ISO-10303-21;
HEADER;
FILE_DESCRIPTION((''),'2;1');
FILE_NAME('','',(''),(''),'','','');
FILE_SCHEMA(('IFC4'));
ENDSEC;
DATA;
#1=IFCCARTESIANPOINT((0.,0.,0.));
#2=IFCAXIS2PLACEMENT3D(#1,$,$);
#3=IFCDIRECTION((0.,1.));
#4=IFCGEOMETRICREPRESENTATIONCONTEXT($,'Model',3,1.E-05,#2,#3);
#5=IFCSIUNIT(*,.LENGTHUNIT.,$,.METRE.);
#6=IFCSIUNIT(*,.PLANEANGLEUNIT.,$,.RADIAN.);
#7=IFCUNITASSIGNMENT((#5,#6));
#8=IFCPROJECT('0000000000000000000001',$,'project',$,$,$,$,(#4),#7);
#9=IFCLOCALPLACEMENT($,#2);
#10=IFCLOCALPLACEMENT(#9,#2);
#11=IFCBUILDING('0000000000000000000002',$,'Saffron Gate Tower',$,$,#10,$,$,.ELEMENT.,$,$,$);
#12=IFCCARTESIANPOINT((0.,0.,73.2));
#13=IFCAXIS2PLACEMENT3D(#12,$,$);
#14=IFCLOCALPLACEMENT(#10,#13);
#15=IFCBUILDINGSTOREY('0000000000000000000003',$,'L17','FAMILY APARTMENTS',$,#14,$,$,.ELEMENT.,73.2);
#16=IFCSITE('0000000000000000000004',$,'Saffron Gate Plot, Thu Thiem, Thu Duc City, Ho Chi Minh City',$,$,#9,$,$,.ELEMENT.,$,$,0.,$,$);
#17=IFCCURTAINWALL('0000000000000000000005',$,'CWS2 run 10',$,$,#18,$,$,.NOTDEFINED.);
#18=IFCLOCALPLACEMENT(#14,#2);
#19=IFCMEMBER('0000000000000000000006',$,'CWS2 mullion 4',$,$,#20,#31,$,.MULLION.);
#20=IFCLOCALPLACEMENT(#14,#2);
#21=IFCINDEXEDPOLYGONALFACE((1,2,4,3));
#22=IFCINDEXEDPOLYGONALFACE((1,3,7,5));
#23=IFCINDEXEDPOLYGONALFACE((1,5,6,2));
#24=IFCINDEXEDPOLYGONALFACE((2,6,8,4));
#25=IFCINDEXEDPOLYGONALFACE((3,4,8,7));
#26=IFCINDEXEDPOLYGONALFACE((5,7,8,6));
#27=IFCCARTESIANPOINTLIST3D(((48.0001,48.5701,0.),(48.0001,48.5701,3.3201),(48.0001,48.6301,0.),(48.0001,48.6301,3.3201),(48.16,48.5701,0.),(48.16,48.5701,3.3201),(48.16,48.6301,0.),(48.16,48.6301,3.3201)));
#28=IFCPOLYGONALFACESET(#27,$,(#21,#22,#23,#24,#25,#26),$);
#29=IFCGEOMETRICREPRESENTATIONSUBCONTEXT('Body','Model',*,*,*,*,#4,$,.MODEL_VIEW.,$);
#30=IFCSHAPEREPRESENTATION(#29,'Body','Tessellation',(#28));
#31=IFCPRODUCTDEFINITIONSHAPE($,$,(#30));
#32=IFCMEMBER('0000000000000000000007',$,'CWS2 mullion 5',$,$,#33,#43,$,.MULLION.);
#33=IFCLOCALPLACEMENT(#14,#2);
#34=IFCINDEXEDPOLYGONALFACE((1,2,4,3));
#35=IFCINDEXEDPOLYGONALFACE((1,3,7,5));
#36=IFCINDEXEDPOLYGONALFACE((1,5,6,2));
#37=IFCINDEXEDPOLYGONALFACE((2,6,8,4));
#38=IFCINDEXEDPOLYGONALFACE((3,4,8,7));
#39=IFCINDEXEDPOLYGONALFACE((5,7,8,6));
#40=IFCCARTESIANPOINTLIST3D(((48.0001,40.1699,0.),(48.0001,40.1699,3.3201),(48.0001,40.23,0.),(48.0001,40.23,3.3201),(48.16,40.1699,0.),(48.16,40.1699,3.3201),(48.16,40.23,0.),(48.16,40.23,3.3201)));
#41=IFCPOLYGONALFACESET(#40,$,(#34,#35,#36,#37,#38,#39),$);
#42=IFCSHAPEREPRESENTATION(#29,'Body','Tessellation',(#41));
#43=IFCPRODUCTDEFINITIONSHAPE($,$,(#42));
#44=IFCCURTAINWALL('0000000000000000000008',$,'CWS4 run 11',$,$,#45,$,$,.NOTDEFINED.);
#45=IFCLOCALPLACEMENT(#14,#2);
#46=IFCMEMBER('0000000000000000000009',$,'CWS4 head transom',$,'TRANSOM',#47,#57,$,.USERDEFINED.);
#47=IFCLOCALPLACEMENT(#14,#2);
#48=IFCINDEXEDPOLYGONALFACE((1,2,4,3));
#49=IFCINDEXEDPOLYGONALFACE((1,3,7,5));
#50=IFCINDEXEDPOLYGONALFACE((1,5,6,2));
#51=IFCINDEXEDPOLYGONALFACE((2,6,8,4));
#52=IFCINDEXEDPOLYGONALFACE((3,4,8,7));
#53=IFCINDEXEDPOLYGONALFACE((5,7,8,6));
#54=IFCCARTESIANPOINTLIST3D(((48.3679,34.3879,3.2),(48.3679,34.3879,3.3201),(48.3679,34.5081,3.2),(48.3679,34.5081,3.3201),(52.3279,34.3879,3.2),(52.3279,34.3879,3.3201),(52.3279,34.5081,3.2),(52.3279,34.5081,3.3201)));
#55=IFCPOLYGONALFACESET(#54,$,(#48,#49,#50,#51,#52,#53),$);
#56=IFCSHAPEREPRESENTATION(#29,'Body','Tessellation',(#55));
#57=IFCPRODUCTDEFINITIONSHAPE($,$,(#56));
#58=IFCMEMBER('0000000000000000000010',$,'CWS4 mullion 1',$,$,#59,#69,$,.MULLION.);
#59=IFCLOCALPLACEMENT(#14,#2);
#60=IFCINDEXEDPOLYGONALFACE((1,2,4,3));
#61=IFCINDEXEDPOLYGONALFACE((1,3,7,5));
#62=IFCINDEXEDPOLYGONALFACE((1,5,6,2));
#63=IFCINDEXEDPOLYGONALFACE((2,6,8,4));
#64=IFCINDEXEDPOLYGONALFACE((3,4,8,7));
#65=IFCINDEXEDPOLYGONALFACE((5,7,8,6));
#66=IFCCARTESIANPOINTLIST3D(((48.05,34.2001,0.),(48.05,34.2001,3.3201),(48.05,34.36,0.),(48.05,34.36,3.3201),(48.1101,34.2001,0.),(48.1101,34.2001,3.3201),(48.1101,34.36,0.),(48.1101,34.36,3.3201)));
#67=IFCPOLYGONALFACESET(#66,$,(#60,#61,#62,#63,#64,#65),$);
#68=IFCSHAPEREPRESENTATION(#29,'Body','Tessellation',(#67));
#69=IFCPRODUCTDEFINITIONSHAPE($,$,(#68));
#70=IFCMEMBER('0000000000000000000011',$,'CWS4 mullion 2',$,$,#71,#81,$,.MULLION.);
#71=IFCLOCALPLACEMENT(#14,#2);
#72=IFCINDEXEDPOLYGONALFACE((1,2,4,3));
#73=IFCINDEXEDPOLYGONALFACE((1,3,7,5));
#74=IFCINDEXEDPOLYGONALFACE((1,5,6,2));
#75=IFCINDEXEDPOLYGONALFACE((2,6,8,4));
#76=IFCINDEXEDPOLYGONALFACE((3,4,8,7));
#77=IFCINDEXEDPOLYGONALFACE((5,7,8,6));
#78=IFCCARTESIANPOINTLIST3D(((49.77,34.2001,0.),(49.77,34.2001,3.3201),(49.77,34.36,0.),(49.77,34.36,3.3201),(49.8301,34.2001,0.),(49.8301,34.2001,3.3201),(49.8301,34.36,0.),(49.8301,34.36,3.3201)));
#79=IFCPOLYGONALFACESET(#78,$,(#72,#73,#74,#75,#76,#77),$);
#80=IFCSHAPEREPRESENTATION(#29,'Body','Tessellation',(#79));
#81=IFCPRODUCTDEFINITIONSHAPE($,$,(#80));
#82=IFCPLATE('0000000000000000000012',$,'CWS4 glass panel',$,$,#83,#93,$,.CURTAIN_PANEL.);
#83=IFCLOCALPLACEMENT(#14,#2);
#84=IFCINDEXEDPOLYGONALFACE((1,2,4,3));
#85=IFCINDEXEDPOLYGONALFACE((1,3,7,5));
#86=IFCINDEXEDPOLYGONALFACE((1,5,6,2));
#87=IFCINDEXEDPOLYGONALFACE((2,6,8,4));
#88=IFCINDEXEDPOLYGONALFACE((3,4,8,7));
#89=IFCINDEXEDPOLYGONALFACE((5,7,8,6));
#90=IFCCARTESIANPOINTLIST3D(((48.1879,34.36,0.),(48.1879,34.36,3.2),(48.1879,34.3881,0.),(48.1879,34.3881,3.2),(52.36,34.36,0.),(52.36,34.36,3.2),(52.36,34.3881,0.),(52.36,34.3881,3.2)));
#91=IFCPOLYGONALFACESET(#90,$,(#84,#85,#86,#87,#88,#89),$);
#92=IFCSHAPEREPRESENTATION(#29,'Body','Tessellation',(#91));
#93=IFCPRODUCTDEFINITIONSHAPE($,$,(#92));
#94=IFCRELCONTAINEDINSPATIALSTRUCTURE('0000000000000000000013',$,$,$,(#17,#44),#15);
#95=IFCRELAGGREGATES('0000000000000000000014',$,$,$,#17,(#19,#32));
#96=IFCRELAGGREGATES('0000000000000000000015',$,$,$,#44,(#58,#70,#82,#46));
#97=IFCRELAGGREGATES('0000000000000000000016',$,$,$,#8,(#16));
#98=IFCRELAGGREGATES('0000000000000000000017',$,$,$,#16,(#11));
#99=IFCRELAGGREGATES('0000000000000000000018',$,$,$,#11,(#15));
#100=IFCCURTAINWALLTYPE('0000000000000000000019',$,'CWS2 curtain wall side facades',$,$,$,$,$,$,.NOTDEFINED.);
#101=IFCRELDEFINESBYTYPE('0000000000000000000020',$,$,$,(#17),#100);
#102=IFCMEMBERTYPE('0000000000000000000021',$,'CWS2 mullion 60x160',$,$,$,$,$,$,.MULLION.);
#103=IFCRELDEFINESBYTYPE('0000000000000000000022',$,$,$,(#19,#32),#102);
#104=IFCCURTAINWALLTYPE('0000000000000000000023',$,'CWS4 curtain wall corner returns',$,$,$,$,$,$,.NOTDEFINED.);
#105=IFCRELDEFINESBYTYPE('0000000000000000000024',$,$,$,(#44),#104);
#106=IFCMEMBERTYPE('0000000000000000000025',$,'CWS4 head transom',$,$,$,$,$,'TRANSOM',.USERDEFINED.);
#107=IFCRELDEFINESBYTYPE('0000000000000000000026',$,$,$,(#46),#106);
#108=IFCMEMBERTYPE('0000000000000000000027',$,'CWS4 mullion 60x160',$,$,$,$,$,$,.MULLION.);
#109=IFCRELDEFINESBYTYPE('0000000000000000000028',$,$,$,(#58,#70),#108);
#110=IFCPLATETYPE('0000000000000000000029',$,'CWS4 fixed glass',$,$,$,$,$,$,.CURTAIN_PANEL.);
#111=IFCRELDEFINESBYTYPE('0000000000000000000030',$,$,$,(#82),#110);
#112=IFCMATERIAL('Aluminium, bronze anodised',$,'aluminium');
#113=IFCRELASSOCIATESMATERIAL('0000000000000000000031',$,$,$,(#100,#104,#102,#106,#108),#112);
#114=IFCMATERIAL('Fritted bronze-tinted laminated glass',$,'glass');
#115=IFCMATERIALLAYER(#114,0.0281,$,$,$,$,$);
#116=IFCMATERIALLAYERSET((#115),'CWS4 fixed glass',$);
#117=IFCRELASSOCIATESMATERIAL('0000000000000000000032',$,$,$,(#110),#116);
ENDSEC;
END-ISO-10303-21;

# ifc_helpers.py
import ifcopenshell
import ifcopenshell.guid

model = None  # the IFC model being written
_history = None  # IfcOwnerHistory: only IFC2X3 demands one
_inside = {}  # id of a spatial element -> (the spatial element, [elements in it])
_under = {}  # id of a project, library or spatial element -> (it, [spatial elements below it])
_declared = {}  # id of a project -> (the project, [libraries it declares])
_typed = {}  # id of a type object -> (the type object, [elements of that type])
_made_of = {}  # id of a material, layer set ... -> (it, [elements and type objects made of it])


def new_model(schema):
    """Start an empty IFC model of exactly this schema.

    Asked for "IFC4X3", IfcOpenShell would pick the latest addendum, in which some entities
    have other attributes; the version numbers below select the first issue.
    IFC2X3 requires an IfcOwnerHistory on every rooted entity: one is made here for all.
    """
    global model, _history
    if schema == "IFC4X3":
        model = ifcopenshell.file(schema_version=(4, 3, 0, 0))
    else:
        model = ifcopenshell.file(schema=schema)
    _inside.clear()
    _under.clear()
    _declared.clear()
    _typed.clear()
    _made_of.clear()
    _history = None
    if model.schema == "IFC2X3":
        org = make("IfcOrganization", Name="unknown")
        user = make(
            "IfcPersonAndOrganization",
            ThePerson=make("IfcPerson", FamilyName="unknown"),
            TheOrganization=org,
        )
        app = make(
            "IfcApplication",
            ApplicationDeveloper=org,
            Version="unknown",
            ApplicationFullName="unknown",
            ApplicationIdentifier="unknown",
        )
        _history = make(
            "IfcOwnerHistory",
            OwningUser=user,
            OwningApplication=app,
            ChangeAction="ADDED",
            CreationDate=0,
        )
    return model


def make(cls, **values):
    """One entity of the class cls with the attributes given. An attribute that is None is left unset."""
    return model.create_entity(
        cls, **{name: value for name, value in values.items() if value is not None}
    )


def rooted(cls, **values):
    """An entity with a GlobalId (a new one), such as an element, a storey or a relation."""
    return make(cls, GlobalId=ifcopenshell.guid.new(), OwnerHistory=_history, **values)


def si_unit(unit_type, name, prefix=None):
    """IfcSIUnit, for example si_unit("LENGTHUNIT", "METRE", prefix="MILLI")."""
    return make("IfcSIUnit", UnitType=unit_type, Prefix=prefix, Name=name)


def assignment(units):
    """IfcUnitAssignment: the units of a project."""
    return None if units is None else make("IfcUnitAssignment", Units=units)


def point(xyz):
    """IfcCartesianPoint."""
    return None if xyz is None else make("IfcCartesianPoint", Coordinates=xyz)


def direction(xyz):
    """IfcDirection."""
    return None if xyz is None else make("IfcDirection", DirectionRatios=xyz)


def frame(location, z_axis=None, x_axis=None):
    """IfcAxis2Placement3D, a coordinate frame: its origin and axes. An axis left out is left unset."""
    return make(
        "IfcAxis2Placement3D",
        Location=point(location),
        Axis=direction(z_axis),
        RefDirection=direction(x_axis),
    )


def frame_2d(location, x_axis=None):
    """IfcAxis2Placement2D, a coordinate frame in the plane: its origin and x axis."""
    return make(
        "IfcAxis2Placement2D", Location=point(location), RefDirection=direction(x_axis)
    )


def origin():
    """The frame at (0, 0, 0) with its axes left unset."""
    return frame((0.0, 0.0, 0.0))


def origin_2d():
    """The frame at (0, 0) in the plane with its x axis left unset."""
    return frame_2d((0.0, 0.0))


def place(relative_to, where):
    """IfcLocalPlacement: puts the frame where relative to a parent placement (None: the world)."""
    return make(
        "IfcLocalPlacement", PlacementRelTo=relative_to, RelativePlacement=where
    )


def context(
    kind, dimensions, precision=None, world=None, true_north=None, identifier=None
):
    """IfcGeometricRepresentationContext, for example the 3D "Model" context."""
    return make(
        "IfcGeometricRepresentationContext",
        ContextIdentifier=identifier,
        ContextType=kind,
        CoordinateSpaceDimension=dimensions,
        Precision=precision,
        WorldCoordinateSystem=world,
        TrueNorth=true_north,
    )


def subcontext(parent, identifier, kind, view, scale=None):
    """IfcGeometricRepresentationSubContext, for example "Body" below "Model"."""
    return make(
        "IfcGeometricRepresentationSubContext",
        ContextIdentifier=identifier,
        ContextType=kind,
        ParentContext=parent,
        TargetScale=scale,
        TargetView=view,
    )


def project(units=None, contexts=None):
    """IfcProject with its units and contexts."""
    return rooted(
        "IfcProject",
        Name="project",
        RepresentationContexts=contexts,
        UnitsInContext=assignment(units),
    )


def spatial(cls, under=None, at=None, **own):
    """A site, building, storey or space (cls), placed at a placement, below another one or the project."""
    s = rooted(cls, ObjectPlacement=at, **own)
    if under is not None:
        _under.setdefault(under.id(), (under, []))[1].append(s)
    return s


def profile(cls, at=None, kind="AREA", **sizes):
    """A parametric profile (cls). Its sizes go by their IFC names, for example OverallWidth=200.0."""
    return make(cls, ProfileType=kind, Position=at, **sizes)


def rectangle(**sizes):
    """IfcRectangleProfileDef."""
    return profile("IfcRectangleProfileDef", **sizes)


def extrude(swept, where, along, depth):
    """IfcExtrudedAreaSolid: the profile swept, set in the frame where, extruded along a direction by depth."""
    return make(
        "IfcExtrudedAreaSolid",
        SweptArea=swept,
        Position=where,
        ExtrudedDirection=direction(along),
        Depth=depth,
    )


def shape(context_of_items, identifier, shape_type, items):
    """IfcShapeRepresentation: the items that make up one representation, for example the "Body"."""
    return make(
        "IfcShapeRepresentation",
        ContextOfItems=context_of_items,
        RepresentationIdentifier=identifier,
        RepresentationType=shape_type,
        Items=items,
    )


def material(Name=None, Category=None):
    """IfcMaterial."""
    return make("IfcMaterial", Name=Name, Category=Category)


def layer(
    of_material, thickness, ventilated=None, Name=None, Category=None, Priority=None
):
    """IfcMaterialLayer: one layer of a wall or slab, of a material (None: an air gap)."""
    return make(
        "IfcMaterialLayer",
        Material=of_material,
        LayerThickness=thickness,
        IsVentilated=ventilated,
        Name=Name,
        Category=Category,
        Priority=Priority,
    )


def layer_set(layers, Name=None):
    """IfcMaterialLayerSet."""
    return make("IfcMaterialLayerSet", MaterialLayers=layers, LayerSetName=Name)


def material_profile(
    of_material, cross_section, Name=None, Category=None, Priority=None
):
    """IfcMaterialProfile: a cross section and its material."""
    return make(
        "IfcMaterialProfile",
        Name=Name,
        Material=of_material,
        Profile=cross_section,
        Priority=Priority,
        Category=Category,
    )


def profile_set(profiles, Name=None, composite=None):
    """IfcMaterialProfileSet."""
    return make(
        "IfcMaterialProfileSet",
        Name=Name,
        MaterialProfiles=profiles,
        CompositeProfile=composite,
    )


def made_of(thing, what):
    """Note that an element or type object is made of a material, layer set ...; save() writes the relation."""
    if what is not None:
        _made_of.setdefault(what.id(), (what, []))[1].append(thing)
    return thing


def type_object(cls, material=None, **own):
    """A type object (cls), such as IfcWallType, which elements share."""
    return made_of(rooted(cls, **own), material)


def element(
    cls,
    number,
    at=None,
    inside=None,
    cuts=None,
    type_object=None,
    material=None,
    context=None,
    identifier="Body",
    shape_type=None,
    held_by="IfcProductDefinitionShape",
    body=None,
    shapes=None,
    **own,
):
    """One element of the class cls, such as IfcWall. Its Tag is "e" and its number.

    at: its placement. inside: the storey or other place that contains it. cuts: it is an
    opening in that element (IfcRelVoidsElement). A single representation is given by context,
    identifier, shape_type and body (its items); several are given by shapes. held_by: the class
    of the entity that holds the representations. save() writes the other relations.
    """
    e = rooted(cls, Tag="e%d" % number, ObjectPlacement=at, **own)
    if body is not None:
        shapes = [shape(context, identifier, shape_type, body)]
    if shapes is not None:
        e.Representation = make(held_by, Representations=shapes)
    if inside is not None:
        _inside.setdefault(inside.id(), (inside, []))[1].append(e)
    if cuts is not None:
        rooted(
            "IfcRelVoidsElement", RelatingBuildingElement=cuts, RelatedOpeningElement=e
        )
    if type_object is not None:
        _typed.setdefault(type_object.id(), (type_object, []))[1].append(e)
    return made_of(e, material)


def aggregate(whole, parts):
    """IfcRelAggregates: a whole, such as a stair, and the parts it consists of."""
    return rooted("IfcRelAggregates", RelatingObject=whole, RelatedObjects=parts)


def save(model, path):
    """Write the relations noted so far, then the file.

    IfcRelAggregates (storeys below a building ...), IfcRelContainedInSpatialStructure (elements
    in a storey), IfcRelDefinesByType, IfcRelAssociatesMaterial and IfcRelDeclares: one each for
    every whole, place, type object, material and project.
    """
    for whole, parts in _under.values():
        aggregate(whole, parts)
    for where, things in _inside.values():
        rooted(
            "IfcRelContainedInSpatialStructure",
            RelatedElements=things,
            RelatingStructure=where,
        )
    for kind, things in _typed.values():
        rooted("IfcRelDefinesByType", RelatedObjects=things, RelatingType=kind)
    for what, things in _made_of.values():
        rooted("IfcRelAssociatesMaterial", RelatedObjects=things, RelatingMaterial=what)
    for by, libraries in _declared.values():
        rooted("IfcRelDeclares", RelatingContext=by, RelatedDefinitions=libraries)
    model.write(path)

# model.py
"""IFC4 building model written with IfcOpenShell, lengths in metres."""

from ifc_helpers import new_model, si_unit, direction, frame, frame_2d, origin, origin_2d, place, context, subcontext, project, spatial, rectangle, extrude, material, layer, layer_set, material_profile, profile_set, type_object, element, aggregate, save


model = new_model("IFC4")

# Units and contexts
model_context = context("Model", 3, precision=1e-05, world=origin(), true_north=direction((0.0, 1.0)))
body_context = subcontext(model_context, "Body", "Model", "MODEL_VIEW")
ifc_project = project(units=[si_unit("LENGTHUNIT", "METRE"), si_unit("PLANEANGLEUNIT", "RADIAN")], contexts=[model_context])

# Site, building, storey
site_placement = place(None, origin())
site = spatial("IfcSite", under=ifc_project, at=site_placement, Name="Saffron Gate Plot, Thu Thiem, Thu Duc City, Ho Chi Minh City", CompositionType="ELEMENT", RefElevation=0.0)
building_placement = place(site_placement, origin())
building = spatial("IfcBuilding", under=site, at=building_placement, Name="Saffron Gate Tower", CompositionType="ELEMENT")
storey_placement = place(building_placement, frame((0.0, 0.0, 73.2)))
storey = spatial("IfcBuildingStorey", under=building, at=storey_placement, Name="L17", Description="FAMILY APARTMENTS", CompositionType="ELEMENT", Elevation=73.2)

# Curtain wall, members
ifc_material_1 = material(Name="Aluminium, bronze anodised", Category="aluminium")
curtain_wall_type_1 = type_object("IfcCurtainWallType", Name="CWS2 curtain wall side facades", PredefinedType="NOTDEFINED", material=ifc_material_1)
curtain_wall_1_placement = place(storey_placement, origin())
curtain_wall_1 = element("IfcCurtainWall", 1, at=curtain_wall_1_placement, inside=storey, type_object=curtain_wall_type_1, Name="CWS2 run 10", PredefinedType="NOTDEFINED")
ifc_material_profile_1 = material_profile(ifc_material_1, rectangle(XDim=0.1599, YDim=0.0601, at=origin_2d()))
ifc_profile_set_1 = profile_set([ifc_material_profile_1], Name="Aluminium, bronze anodised")
member_type_1 = type_object("IfcMemberType", Name="CWS2 mullion 60x160", PredefinedType="MULLION", material=ifc_profile_set_1)
member_1_placement = place(storey_placement, frame((48.0801, 48.6001, 0.0), z_axis=(0.0, 0.0, 1.0), x_axis=(1.0, 0.0, 0.0)))
member_1 = element("IfcMember", 2, at=member_1_placement, type_object=member_type_1, Name="CWS2 mullion 4", PredefinedType="MULLION", context=body_context, shape_type="SweptSolid", body=[
    extrude(rectangle(XDim=0.1599, YDim=0.0601, at=origin_2d()), origin(), (0.0, 0.0, 1.0), 3.3201),
])
member_2_placement = place(storey_placement, frame((48.0801, 40.2, 0.0), z_axis=(0.0, 0.0, 1.0), x_axis=(1.0, 0.0, 0.0)))
member_2 = element("IfcMember", 3, at=member_2_placement, type_object=member_type_1, Name="CWS2 mullion 5", PredefinedType="MULLION", context=body_context, shape_type="SweptSolid", body=[
    extrude(rectangle(XDim=0.1599, YDim=0.0601, at=origin_2d()), origin(), (0.0, 0.0, 1.0), 3.3201),
])
aggregate(curtain_wall_1, [member_1, member_2])

# Curtain wall, members, plate
curtain_wall_type_2 = type_object("IfcCurtainWallType", Name="CWS4 curtain wall corner returns", PredefinedType="NOTDEFINED", material=ifc_material_1)
curtain_wall_2_placement = place(storey_placement, origin())
curtain_wall_2 = element("IfcCurtainWall", 4, at=curtain_wall_2_placement, inside=storey, type_object=curtain_wall_type_2, Name="CWS4 run 11", PredefinedType="NOTDEFINED")
ifc_material_profile_2 = material_profile(ifc_material_1, rectangle(XDim=0.1201, YDim=0.1201, at=origin_2d()))
ifc_profile_set_2 = profile_set([ifc_material_profile_2], Name="Aluminium, bronze anodised")
member_type_2 = type_object("IfcMemberType", Name="CWS4 head transom", ElementType="TRANSOM", PredefinedType="USERDEFINED", material=ifc_profile_set_2)
member_3_placement = place(storey_placement, frame((48.3679, 34.448, 3.26), z_axis=(1.0, 0.0, 0.0), x_axis=(0.0, 1.0, 0.0)))
member_3 = element("IfcMember", 5, at=member_3_placement, type_object=member_type_2, Name="CWS4 head transom", ObjectType="TRANSOM", PredefinedType="USERDEFINED", context=body_context, shape_type="SweptSolid", body=[
    extrude(rectangle(XDim=0.1201, YDim=0.1201, at=origin_2d()), origin(), (0.0, 0.0, 1.0), 3.96),
])
ifc_material_profile_3 = material_profile(ifc_material_1, rectangle(XDim=0.1599, YDim=0.0601, at=origin_2d()))
ifc_profile_set_3 = profile_set([ifc_material_profile_3], Name="Aluminium, bronze anodised")
member_type_3 = type_object("IfcMemberType", Name="CWS4 mullion 60x160", PredefinedType="MULLION", material=ifc_profile_set_3)
member_4_placement = place(storey_placement, frame((48.0801, 34.28, 0.0), z_axis=(0.0, 0.0, 1.0), x_axis=(0.0, 1.0, 0.0)))
member_4 = element("IfcMember", 6, at=member_4_placement, type_object=member_type_3, Name="CWS4 mullion 1", PredefinedType="MULLION", context=body_context, shape_type="SweptSolid", body=[
    extrude(rectangle(XDim=0.1599, YDim=0.0601, at=origin_2d()), origin(), (0.0, 0.0, 1.0), 3.3201),
])
member_5_placement = place(storey_placement, frame((49.8, 34.28, 0.0), z_axis=(0.0, 0.0, 1.0), x_axis=(0.0, 1.0, 0.0)))
member_5 = element("IfcMember", 7, at=member_5_placement, type_object=member_type_3, Name="CWS4 mullion 2", PredefinedType="MULLION", context=body_context, shape_type="SweptSolid", body=[
    extrude(rectangle(XDim=0.1599, YDim=0.0601, at=origin_2d()), origin(), (0.0, 0.0, 1.0), 3.3201),
])
ifc_material_2 = material(Name="Fritted bronze-tinted laminated glass", Category="glass")
ifc_layer_1 = layer(ifc_material_2, 0.0281)
ifc_layer_set_1 = layer_set([ifc_layer_1], Name="CWS4 fixed glass")
plate_type = type_object("IfcPlateType", Name="CWS4 fixed glass", PredefinedType="CURTAIN_PANEL", material=ifc_layer_set_1)
plate_placement = place(storey_placement, frame((48.188, 34.374, 0.0), z_axis=(0.0, 0.0, 1.0), x_axis=(1.0, 0.0, 0.0)))
plate = element("IfcPlate", 8, at=plate_placement, type_object=plate_type, Name="CWS4 glass panel", PredefinedType="CURTAIN_PANEL", context=body_context, shape_type="SweptSolid", body=[
    extrude(rectangle(XDim=4.1721, YDim=0.0281, at=frame_2d((2.0859, 0.0))), origin(), (0.0, 0.0, 1.0), 3.2),
])
aggregate(curtain_wall_2, [member_4, member_5, plate, member_3])

save(model, "model.ifc")
